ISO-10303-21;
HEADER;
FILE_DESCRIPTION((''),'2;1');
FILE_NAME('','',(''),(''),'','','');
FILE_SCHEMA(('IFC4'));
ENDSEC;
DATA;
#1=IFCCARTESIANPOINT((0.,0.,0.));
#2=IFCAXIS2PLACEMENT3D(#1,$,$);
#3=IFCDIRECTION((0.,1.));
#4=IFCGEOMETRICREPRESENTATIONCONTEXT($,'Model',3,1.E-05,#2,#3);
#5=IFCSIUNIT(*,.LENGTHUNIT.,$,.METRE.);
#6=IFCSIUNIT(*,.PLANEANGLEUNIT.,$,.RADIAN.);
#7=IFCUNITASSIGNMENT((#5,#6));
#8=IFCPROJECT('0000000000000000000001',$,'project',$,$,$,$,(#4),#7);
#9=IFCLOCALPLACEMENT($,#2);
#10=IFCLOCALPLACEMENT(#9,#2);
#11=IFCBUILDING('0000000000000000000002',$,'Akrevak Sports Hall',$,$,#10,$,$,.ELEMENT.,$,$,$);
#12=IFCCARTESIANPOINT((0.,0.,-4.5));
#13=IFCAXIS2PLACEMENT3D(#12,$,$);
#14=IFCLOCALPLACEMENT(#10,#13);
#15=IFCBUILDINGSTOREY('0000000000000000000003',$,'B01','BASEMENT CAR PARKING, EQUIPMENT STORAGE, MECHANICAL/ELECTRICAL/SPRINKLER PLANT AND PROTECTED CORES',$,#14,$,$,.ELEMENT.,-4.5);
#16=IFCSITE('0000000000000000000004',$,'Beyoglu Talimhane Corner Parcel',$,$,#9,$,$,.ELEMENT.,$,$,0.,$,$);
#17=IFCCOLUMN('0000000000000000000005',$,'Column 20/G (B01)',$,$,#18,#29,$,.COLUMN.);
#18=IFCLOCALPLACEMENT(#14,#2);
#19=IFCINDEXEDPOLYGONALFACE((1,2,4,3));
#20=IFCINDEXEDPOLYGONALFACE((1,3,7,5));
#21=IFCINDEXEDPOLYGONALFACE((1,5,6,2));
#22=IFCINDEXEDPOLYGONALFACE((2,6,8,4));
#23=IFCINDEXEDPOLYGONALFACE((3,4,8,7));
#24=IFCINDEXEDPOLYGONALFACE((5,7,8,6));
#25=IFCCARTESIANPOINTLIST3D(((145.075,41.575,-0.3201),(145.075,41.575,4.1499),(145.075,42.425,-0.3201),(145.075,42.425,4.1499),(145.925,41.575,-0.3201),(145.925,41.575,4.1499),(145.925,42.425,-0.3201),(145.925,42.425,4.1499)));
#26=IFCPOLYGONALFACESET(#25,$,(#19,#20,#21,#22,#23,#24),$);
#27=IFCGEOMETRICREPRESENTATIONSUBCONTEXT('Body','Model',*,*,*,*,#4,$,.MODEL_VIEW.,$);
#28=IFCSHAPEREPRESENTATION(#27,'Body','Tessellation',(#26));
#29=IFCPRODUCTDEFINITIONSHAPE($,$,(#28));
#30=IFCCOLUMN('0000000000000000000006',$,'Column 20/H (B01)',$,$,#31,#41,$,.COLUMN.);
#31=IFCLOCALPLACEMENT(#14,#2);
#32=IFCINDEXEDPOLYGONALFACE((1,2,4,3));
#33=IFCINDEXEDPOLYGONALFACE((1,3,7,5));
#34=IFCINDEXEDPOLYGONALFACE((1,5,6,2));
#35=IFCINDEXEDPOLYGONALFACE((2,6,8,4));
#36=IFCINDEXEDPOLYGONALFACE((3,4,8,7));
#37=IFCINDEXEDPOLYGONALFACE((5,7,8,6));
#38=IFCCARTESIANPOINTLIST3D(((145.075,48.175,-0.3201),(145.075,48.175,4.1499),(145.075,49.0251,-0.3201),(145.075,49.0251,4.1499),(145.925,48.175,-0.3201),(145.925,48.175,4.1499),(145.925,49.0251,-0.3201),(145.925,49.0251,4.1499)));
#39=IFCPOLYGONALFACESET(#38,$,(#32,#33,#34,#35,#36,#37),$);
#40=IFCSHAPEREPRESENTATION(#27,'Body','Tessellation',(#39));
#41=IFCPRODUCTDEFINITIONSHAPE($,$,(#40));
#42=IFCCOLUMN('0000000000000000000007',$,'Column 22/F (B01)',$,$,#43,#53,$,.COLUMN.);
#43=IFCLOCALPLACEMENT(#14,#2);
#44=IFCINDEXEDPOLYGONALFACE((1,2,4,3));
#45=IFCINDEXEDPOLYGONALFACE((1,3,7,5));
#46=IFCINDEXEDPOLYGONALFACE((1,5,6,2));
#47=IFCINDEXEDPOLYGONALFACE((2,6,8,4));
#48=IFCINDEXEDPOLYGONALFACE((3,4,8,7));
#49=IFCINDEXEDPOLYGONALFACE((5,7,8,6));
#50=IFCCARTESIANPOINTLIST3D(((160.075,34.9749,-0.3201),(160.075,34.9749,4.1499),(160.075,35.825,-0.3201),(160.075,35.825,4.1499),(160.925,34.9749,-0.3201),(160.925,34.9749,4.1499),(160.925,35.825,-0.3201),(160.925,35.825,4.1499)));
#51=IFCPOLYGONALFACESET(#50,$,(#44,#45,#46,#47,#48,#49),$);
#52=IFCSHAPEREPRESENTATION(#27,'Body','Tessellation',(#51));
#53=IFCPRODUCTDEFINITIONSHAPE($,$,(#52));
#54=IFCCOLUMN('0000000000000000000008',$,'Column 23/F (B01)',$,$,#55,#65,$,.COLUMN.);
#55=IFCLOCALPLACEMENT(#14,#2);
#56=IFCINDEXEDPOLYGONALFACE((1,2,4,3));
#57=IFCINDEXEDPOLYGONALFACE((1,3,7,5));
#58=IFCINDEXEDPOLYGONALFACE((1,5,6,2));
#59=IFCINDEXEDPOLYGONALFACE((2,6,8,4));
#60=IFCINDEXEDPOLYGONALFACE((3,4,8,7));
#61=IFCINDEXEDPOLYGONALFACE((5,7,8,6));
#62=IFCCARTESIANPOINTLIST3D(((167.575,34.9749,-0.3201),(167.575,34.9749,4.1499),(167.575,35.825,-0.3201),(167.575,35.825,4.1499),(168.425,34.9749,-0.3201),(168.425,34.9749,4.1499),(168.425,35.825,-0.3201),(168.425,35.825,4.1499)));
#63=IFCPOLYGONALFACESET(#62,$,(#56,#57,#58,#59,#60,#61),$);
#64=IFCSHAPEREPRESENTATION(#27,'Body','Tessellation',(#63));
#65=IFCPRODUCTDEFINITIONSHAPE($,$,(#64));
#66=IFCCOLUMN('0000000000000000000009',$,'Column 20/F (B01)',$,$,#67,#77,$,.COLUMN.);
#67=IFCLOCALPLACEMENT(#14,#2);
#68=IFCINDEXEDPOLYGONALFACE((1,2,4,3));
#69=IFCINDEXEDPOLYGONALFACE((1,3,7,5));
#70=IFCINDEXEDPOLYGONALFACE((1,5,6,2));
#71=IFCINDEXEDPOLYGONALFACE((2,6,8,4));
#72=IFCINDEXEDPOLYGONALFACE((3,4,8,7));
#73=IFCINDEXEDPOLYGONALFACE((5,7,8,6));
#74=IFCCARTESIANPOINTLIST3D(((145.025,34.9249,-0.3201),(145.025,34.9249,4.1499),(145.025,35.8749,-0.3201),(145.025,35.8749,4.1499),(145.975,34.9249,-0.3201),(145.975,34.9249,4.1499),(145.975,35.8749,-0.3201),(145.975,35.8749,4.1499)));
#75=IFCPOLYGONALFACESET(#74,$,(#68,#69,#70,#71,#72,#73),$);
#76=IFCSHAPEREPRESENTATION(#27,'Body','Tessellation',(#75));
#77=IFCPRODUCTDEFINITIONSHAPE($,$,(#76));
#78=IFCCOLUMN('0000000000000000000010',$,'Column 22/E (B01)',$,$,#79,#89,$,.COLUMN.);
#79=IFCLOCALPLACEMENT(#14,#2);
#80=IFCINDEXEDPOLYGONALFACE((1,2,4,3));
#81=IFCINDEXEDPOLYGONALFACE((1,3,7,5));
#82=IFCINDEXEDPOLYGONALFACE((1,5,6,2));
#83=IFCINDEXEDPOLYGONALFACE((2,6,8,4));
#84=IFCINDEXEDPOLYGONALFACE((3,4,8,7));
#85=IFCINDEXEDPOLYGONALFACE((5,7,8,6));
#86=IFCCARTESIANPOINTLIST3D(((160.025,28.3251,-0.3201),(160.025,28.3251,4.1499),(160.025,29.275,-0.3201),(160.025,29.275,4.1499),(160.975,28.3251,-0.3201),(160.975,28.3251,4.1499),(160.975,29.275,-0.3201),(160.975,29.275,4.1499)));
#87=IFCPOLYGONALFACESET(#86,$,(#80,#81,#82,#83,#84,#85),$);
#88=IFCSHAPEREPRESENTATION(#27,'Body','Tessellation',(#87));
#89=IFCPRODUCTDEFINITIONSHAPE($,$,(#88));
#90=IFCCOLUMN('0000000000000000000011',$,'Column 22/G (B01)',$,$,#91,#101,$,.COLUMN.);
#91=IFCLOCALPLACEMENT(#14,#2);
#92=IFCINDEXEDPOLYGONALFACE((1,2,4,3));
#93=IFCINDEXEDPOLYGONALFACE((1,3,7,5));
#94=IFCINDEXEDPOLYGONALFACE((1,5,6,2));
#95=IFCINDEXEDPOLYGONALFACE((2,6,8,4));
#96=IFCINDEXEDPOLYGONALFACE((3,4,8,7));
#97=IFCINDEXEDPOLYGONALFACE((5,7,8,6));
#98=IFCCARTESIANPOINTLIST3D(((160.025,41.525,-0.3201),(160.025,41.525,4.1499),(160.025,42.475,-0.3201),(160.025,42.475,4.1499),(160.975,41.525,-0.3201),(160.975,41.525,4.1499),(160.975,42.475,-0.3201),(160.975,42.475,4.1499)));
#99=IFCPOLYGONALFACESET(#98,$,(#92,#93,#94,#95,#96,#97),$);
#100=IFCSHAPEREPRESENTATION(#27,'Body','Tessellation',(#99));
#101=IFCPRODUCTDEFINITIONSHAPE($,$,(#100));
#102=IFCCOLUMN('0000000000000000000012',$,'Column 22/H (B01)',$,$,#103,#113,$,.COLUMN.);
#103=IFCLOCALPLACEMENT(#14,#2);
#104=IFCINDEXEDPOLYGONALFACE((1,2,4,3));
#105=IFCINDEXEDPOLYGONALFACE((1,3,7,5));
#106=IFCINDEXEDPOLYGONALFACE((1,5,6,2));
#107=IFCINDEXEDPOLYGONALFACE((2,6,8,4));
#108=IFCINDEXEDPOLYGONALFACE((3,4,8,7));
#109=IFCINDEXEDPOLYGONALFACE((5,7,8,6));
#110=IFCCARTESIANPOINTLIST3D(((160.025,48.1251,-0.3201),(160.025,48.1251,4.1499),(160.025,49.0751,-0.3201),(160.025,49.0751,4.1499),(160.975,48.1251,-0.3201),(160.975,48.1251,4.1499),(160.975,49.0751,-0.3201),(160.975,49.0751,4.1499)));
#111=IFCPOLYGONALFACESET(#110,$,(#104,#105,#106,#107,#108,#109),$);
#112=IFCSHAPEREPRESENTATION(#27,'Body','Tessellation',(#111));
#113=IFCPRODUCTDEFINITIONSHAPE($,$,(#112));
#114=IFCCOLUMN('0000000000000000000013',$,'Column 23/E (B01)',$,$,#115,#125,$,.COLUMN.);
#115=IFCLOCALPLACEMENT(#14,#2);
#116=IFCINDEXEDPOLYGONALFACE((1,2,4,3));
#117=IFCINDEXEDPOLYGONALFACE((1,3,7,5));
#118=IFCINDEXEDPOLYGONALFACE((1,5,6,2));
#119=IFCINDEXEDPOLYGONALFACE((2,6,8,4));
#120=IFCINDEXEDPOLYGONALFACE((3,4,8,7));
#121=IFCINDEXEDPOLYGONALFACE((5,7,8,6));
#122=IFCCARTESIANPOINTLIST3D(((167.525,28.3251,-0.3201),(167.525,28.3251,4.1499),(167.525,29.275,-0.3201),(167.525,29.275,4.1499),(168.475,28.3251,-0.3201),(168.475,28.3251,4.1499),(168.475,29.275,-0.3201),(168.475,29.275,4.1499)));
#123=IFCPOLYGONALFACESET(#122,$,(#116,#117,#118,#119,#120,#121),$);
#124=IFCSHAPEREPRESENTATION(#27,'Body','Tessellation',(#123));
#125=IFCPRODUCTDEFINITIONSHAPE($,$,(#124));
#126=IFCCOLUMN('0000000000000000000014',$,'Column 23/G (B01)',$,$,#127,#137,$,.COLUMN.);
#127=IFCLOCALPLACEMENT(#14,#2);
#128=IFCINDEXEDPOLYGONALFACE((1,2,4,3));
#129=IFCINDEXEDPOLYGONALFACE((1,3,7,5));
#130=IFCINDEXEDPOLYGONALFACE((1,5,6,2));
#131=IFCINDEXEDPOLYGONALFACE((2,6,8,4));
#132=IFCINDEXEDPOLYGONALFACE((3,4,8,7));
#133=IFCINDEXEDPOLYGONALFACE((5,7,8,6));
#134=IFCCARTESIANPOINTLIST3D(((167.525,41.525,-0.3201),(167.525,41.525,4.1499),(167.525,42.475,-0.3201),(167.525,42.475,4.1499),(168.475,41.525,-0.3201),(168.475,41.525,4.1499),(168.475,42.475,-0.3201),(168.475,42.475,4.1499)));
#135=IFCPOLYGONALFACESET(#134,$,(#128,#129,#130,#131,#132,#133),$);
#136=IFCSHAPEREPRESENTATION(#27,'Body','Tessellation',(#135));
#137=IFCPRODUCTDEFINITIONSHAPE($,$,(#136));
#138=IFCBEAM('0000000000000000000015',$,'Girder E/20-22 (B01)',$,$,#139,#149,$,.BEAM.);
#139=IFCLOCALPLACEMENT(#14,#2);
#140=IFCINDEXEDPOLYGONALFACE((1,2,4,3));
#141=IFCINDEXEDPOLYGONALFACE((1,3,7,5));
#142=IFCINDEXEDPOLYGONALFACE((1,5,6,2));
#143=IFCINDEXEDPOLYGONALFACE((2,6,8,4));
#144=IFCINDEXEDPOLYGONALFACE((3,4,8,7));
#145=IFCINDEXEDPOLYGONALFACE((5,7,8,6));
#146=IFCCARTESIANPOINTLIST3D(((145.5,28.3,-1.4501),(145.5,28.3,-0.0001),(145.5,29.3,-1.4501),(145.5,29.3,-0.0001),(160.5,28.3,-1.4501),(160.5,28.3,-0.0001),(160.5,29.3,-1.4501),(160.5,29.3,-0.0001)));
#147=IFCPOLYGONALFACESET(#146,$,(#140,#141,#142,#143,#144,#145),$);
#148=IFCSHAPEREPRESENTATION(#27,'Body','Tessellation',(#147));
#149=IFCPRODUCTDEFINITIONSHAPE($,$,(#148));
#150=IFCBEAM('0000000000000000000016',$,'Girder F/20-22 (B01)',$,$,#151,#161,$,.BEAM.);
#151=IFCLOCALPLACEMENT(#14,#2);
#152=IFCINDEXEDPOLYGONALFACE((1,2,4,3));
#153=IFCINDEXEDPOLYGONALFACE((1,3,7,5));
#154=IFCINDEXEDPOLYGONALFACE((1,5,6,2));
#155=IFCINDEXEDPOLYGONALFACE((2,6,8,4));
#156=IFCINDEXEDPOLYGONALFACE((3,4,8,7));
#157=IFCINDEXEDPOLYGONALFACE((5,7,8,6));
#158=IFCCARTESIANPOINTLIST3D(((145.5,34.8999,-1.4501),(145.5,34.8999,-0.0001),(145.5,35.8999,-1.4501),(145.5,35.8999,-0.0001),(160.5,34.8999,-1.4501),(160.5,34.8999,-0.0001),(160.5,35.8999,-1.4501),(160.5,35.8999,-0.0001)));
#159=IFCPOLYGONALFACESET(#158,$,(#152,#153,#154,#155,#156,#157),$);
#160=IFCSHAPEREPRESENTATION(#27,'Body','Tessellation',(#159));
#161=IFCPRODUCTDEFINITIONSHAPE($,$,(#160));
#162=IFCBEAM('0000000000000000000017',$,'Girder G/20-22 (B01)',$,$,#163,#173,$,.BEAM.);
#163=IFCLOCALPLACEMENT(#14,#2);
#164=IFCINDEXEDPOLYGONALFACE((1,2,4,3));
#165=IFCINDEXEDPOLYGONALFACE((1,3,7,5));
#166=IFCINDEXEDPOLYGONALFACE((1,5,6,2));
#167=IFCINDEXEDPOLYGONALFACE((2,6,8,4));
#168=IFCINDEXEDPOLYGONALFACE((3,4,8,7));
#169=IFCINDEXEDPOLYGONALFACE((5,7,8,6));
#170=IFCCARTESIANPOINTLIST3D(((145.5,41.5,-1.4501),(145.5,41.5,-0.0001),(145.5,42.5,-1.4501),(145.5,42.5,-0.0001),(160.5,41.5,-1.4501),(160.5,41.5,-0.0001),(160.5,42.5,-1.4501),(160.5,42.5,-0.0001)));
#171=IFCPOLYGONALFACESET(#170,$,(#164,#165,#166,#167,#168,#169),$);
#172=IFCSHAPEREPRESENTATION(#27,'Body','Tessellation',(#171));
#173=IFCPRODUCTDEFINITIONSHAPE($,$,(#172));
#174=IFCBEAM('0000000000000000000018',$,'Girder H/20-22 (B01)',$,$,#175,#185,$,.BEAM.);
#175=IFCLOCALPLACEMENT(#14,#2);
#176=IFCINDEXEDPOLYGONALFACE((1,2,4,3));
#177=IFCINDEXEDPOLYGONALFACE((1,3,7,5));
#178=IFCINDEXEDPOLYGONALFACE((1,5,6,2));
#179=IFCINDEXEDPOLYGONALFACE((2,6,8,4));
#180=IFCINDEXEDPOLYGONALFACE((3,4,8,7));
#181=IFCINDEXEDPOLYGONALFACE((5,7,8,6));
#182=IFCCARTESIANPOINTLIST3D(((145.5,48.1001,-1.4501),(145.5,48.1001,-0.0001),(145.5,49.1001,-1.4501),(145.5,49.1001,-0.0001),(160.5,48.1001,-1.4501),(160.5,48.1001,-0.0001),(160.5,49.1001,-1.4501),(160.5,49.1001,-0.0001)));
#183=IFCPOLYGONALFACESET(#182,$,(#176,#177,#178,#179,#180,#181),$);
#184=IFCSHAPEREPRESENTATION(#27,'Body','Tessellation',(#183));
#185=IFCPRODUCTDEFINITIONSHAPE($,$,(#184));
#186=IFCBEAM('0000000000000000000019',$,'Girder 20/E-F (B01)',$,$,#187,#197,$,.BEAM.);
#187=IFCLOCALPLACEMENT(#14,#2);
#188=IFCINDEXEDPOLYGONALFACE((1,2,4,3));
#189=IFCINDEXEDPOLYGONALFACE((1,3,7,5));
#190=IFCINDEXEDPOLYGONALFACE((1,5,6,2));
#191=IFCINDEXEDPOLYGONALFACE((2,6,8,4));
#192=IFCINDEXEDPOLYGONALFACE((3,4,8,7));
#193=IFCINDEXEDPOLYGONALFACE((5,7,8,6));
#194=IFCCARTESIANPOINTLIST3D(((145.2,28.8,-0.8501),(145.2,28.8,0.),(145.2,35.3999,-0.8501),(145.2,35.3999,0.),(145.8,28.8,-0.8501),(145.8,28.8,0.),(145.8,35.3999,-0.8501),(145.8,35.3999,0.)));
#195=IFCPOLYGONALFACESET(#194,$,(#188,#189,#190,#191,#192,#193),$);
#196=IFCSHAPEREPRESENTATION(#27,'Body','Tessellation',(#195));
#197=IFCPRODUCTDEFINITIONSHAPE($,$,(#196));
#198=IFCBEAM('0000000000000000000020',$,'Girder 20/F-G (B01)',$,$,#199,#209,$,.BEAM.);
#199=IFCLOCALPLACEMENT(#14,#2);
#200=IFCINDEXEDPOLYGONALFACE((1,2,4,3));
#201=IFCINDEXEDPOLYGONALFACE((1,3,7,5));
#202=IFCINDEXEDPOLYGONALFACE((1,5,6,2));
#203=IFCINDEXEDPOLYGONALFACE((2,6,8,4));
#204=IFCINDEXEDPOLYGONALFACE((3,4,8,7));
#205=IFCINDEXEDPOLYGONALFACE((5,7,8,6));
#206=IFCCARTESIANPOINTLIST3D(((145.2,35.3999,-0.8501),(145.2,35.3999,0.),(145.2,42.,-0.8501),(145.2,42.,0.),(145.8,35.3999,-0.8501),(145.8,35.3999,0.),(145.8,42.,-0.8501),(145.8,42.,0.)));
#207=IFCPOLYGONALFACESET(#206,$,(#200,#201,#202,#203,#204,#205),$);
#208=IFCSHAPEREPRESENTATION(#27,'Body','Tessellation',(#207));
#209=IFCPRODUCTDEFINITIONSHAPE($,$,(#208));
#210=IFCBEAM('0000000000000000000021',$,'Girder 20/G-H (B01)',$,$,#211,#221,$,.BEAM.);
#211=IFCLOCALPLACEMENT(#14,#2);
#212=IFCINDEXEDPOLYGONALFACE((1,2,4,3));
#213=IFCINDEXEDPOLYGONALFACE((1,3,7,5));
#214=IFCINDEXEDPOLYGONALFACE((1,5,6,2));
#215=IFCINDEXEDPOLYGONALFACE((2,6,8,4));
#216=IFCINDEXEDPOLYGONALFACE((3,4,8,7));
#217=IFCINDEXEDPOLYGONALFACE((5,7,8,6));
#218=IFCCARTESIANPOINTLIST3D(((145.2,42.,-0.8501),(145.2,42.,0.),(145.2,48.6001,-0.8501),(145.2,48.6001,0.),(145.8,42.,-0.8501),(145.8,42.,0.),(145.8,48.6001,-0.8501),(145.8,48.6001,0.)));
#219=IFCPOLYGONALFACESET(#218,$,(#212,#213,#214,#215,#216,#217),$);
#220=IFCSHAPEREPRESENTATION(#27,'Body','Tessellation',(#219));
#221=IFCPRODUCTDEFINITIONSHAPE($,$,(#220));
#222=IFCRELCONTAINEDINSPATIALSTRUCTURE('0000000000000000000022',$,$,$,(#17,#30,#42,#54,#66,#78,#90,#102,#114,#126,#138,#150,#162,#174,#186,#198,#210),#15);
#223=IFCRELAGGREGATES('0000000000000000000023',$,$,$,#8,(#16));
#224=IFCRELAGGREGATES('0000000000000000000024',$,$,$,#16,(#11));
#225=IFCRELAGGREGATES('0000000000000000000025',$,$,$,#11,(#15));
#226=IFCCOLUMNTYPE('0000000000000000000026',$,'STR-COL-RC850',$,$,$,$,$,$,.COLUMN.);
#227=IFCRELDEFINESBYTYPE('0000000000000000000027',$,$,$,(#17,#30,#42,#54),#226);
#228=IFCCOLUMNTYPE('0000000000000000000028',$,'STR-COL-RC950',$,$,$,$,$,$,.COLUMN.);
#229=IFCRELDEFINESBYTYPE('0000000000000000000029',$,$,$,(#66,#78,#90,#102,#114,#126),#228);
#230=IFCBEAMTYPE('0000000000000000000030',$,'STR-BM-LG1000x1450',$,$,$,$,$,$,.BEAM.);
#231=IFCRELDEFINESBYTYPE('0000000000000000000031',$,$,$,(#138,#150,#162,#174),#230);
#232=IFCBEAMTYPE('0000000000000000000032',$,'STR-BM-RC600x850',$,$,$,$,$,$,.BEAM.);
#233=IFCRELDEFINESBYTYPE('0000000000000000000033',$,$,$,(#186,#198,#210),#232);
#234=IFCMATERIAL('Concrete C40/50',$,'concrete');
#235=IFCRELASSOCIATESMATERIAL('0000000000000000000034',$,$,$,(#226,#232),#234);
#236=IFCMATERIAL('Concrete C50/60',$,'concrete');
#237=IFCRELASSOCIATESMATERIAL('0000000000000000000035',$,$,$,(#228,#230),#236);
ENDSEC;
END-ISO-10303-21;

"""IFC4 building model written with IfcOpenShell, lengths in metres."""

from ifc_helpers import new_model, si_unit, direction, frame, origin, origin_2d, place, context, subcontext, project, spatial, rectangle, extrude, material, material_profile, profile_set, type_object, element, save


model = new_model("IFC4")

# Units and contexts
model_context = context("Model", 3, precision=1e-05, world=origin(), true_north=direction((0.0, 1.0)))
body_context = subcontext(model_context, "Body", "Model", "MODEL_VIEW")
ifc_project = project(units=[si_unit("LENGTHUNIT", "METRE"), si_unit("PLANEANGLEUNIT", "RADIAN")], contexts=[model_context])

# Site, building, storey
site_placement = place(None, origin())
site = spatial("IfcSite", under=ifc_project, at=site_placement, Name="Beyoglu Talimhane Corner Parcel", CompositionType="ELEMENT", RefElevation=0.0)
building_placement = place(site_placement, origin())
building = spatial("IfcBuilding", under=site, at=building_placement, Name="Akrevak Sports Hall", CompositionType="ELEMENT")
storey_placement = place(building_placement, frame((0.0, 0.0, -4.5)))
storey = spatial("IfcBuildingStorey", under=building, at=storey_placement, Name="B01", Description="BASEMENT CAR PARKING, EQUIPMENT STORAGE, MECHANICAL/ELECTRICAL/SPRINKLER PLANT AND PROTECTED CORES", CompositionType="ELEMENT", Elevation=-4.5)

# Columns
ifc_material_1 = material(Name="Concrete C40/50", Category="concrete")
ifc_material_profile_1 = material_profile(ifc_material_1, rectangle(XDim=0.8501, YDim=0.8501, at=origin_2d()), Name="RC 850x850", Category="concrete")
ifc_profile_set_1 = profile_set([ifc_material_profile_1], Name="Concrete C40/50")
column_type_1 = type_object("IfcColumnType", Name="STR-COL-RC850", PredefinedType="COLUMN", material=ifc_profile_set_1)
for number, where, z_axis, x_axis, name in (
    (1, (145.5, 42.0, -0.3201), (0.0, 0.0, 1.0), (1.0, 0.0, 0.0), "Column 20/G (B01)"),
    (2, (145.5, 48.6001, -0.3201), (0.0, 0.0, 1.0), (1.0, 0.0, 0.0), "Column 20/H (B01)"),
    (3, (160.5, 35.3999, -0.3201), (0.0, 0.0, 1.0), (1.0, 0.0, 0.0), "Column 22/F (B01)"),
    (4, (168.0, 35.3999, -0.3201), (0.0, 0.0, 1.0), (1.0, 0.0, 0.0), "Column 23/F (B01)"),
):
    element("IfcColumn", number, at=place(storey_placement, frame(where, z_axis=z_axis, x_axis=x_axis)), inside=storey, type_object=column_type_1, Name=name, PredefinedType="COLUMN", context=body_context, shape_type="SweptSolid", body=[
        extrude(rectangle(XDim=0.8501, YDim=0.8501, at=origin_2d()), origin(), (0.0, 0.0, 1.0), 4.47),
    ])
ifc_material_2 = material(Name="Concrete C50/60", Category="concrete")
ifc_material_profile_2 = material_profile(ifc_material_2, rectangle(XDim=0.95, YDim=0.95, at=origin_2d()), Name="RC 950x950", Category="concrete")
ifc_profile_set_2 = profile_set([ifc_material_profile_2], Name="Concrete C50/60")
column_type_2 = type_object("IfcColumnType", Name="STR-COL-RC950", PredefinedType="COLUMN", material=ifc_profile_set_2)
for number, where, z_axis, x_axis, name in (
    (5, (145.5, 35.3999, -0.3201), (0.0, 0.0, 1.0), (1.0, 0.0, 0.0), "Column 20/F (B01)"),
    (6, (160.5, 28.8, -0.3201), (0.0, 0.0, 1.0), (1.0, 0.0, 0.0), "Column 22/E (B01)"),
    (7, (160.5, 42.0, -0.3201), (0.0, 0.0, 1.0), (1.0, 0.0, 0.0), "Column 22/G (B01)"),
    (8, (160.5, 48.6001, -0.3201), (0.0, 0.0, 1.0), (1.0, 0.0, 0.0), "Column 22/H (B01)"),
    (9, (168.0, 28.8, -0.3201), (0.0, 0.0, 1.0), (1.0, 0.0, 0.0), "Column 23/E (B01)"),
    (10, (168.0, 42.0, -0.3201), (0.0, 0.0, 1.0), (1.0, 0.0, 0.0), "Column 23/G (B01)"),
):
    element("IfcColumn", number, at=place(storey_placement, frame(where, z_axis=z_axis, x_axis=x_axis)), inside=storey, type_object=column_type_2, Name=name, PredefinedType="COLUMN", context=body_context, shape_type="SweptSolid", body=[
        extrude(rectangle(XDim=0.95, YDim=0.95, at=origin_2d()), origin(), (0.0, 0.0, 1.0), 4.47),
    ])

# Beams
ifc_material_profile_3 = material_profile(ifc_material_2, rectangle(XDim=1.0, YDim=1.45, at=origin_2d()), Name="BM 1000x1450", Category="concrete")
ifc_profile_set_3 = profile_set([ifc_material_profile_3], Name="Concrete C50/60")
beam_type_1 = type_object("IfcBeamType", Name="STR-BM-LG1000x1450", PredefinedType="BEAM", material=ifc_profile_set_3)
for number, where, z_axis, x_axis, name in (
    (11, (145.5, 28.8, -0.7251), (1.0, 0.0, 0.0), (0.0, 1.0, 0.0), "Girder E/20-22 (B01)"),
    (12, (145.5, 35.3999, -0.7251), (1.0, 0.0, 0.0), (0.0, 1.0, 0.0), "Girder F/20-22 (B01)"),
    (13, (145.5, 42.0, -0.7251), (1.0, 0.0, 0.0), (0.0, 1.0, 0.0), "Girder G/20-22 (B01)"),
    (14, (145.5, 48.6001, -0.7251), (1.0, 0.0, 0.0), (0.0, 1.0, 0.0), "Girder H/20-22 (B01)"),
):
    element("IfcBeam", number, at=place(storey_placement, frame(where, z_axis=z_axis, x_axis=x_axis)), inside=storey, type_object=beam_type_1, Name=name, PredefinedType="BEAM", context=body_context, shape_type="SweptSolid", body=[
        extrude(rectangle(XDim=1.0, YDim=1.45, at=origin_2d()), origin(), (0.0, 0.0, 1.0), 15.0),
    ])
ifc_material_profile_4 = material_profile(ifc_material_1, rectangle(XDim=0.6001, YDim=0.8501, at=origin_2d()), Name="BM 600x850", Category="concrete")
ifc_profile_set_4 = profile_set([ifc_material_profile_4], Name="Concrete C40/50")
beam_type_2 = type_object("IfcBeamType", Name="STR-BM-RC600x850", PredefinedType="BEAM", material=ifc_profile_set_4)
beam_placement = place(storey_placement, frame((145.5, 28.8, -0.425), z_axis=(0.0, 1.0, 0.0), x_axis=(-1.0, 0.0, 0.0)))
element("IfcBeam", 15, at=beam_placement, inside=storey, type_object=beam_type_2, Name="Girder 20/E-F (B01)", PredefinedType="BEAM", context=body_context, shape_type="SweptSolid", body=[
    extrude(rectangle(XDim=0.6001, YDim=0.8501, at=origin_2d()), origin(), (0.0, 0.0, 1.0), 6.5999),
])
for number, where, z_axis, x_axis, name in (
    (16, (145.5, 35.3999, -0.425), (0.0, 1.0, 0.0), (-1.0, 0.0, 0.0), "Girder 20/F-G (B01)"),
    (17, (145.5, 42.0, -0.425), (0.0, 1.0, 0.0), (-1.0, 0.0, 0.0), "Girder 20/G-H (B01)"),
):
    element("IfcBeam", number, at=place(storey_placement, frame(where, z_axis=z_axis, x_axis=x_axis)), inside=storey, type_object=beam_type_2, Name=name, PredefinedType="BEAM", context=body_context, shape_type="SweptSolid", body=[
        extrude(rectangle(XDim=0.6001, YDim=0.8501, at=origin_2d()), origin(), (0.0, 0.0, 1.0), 6.6001),
    ])

save(model, "model.ifc")
